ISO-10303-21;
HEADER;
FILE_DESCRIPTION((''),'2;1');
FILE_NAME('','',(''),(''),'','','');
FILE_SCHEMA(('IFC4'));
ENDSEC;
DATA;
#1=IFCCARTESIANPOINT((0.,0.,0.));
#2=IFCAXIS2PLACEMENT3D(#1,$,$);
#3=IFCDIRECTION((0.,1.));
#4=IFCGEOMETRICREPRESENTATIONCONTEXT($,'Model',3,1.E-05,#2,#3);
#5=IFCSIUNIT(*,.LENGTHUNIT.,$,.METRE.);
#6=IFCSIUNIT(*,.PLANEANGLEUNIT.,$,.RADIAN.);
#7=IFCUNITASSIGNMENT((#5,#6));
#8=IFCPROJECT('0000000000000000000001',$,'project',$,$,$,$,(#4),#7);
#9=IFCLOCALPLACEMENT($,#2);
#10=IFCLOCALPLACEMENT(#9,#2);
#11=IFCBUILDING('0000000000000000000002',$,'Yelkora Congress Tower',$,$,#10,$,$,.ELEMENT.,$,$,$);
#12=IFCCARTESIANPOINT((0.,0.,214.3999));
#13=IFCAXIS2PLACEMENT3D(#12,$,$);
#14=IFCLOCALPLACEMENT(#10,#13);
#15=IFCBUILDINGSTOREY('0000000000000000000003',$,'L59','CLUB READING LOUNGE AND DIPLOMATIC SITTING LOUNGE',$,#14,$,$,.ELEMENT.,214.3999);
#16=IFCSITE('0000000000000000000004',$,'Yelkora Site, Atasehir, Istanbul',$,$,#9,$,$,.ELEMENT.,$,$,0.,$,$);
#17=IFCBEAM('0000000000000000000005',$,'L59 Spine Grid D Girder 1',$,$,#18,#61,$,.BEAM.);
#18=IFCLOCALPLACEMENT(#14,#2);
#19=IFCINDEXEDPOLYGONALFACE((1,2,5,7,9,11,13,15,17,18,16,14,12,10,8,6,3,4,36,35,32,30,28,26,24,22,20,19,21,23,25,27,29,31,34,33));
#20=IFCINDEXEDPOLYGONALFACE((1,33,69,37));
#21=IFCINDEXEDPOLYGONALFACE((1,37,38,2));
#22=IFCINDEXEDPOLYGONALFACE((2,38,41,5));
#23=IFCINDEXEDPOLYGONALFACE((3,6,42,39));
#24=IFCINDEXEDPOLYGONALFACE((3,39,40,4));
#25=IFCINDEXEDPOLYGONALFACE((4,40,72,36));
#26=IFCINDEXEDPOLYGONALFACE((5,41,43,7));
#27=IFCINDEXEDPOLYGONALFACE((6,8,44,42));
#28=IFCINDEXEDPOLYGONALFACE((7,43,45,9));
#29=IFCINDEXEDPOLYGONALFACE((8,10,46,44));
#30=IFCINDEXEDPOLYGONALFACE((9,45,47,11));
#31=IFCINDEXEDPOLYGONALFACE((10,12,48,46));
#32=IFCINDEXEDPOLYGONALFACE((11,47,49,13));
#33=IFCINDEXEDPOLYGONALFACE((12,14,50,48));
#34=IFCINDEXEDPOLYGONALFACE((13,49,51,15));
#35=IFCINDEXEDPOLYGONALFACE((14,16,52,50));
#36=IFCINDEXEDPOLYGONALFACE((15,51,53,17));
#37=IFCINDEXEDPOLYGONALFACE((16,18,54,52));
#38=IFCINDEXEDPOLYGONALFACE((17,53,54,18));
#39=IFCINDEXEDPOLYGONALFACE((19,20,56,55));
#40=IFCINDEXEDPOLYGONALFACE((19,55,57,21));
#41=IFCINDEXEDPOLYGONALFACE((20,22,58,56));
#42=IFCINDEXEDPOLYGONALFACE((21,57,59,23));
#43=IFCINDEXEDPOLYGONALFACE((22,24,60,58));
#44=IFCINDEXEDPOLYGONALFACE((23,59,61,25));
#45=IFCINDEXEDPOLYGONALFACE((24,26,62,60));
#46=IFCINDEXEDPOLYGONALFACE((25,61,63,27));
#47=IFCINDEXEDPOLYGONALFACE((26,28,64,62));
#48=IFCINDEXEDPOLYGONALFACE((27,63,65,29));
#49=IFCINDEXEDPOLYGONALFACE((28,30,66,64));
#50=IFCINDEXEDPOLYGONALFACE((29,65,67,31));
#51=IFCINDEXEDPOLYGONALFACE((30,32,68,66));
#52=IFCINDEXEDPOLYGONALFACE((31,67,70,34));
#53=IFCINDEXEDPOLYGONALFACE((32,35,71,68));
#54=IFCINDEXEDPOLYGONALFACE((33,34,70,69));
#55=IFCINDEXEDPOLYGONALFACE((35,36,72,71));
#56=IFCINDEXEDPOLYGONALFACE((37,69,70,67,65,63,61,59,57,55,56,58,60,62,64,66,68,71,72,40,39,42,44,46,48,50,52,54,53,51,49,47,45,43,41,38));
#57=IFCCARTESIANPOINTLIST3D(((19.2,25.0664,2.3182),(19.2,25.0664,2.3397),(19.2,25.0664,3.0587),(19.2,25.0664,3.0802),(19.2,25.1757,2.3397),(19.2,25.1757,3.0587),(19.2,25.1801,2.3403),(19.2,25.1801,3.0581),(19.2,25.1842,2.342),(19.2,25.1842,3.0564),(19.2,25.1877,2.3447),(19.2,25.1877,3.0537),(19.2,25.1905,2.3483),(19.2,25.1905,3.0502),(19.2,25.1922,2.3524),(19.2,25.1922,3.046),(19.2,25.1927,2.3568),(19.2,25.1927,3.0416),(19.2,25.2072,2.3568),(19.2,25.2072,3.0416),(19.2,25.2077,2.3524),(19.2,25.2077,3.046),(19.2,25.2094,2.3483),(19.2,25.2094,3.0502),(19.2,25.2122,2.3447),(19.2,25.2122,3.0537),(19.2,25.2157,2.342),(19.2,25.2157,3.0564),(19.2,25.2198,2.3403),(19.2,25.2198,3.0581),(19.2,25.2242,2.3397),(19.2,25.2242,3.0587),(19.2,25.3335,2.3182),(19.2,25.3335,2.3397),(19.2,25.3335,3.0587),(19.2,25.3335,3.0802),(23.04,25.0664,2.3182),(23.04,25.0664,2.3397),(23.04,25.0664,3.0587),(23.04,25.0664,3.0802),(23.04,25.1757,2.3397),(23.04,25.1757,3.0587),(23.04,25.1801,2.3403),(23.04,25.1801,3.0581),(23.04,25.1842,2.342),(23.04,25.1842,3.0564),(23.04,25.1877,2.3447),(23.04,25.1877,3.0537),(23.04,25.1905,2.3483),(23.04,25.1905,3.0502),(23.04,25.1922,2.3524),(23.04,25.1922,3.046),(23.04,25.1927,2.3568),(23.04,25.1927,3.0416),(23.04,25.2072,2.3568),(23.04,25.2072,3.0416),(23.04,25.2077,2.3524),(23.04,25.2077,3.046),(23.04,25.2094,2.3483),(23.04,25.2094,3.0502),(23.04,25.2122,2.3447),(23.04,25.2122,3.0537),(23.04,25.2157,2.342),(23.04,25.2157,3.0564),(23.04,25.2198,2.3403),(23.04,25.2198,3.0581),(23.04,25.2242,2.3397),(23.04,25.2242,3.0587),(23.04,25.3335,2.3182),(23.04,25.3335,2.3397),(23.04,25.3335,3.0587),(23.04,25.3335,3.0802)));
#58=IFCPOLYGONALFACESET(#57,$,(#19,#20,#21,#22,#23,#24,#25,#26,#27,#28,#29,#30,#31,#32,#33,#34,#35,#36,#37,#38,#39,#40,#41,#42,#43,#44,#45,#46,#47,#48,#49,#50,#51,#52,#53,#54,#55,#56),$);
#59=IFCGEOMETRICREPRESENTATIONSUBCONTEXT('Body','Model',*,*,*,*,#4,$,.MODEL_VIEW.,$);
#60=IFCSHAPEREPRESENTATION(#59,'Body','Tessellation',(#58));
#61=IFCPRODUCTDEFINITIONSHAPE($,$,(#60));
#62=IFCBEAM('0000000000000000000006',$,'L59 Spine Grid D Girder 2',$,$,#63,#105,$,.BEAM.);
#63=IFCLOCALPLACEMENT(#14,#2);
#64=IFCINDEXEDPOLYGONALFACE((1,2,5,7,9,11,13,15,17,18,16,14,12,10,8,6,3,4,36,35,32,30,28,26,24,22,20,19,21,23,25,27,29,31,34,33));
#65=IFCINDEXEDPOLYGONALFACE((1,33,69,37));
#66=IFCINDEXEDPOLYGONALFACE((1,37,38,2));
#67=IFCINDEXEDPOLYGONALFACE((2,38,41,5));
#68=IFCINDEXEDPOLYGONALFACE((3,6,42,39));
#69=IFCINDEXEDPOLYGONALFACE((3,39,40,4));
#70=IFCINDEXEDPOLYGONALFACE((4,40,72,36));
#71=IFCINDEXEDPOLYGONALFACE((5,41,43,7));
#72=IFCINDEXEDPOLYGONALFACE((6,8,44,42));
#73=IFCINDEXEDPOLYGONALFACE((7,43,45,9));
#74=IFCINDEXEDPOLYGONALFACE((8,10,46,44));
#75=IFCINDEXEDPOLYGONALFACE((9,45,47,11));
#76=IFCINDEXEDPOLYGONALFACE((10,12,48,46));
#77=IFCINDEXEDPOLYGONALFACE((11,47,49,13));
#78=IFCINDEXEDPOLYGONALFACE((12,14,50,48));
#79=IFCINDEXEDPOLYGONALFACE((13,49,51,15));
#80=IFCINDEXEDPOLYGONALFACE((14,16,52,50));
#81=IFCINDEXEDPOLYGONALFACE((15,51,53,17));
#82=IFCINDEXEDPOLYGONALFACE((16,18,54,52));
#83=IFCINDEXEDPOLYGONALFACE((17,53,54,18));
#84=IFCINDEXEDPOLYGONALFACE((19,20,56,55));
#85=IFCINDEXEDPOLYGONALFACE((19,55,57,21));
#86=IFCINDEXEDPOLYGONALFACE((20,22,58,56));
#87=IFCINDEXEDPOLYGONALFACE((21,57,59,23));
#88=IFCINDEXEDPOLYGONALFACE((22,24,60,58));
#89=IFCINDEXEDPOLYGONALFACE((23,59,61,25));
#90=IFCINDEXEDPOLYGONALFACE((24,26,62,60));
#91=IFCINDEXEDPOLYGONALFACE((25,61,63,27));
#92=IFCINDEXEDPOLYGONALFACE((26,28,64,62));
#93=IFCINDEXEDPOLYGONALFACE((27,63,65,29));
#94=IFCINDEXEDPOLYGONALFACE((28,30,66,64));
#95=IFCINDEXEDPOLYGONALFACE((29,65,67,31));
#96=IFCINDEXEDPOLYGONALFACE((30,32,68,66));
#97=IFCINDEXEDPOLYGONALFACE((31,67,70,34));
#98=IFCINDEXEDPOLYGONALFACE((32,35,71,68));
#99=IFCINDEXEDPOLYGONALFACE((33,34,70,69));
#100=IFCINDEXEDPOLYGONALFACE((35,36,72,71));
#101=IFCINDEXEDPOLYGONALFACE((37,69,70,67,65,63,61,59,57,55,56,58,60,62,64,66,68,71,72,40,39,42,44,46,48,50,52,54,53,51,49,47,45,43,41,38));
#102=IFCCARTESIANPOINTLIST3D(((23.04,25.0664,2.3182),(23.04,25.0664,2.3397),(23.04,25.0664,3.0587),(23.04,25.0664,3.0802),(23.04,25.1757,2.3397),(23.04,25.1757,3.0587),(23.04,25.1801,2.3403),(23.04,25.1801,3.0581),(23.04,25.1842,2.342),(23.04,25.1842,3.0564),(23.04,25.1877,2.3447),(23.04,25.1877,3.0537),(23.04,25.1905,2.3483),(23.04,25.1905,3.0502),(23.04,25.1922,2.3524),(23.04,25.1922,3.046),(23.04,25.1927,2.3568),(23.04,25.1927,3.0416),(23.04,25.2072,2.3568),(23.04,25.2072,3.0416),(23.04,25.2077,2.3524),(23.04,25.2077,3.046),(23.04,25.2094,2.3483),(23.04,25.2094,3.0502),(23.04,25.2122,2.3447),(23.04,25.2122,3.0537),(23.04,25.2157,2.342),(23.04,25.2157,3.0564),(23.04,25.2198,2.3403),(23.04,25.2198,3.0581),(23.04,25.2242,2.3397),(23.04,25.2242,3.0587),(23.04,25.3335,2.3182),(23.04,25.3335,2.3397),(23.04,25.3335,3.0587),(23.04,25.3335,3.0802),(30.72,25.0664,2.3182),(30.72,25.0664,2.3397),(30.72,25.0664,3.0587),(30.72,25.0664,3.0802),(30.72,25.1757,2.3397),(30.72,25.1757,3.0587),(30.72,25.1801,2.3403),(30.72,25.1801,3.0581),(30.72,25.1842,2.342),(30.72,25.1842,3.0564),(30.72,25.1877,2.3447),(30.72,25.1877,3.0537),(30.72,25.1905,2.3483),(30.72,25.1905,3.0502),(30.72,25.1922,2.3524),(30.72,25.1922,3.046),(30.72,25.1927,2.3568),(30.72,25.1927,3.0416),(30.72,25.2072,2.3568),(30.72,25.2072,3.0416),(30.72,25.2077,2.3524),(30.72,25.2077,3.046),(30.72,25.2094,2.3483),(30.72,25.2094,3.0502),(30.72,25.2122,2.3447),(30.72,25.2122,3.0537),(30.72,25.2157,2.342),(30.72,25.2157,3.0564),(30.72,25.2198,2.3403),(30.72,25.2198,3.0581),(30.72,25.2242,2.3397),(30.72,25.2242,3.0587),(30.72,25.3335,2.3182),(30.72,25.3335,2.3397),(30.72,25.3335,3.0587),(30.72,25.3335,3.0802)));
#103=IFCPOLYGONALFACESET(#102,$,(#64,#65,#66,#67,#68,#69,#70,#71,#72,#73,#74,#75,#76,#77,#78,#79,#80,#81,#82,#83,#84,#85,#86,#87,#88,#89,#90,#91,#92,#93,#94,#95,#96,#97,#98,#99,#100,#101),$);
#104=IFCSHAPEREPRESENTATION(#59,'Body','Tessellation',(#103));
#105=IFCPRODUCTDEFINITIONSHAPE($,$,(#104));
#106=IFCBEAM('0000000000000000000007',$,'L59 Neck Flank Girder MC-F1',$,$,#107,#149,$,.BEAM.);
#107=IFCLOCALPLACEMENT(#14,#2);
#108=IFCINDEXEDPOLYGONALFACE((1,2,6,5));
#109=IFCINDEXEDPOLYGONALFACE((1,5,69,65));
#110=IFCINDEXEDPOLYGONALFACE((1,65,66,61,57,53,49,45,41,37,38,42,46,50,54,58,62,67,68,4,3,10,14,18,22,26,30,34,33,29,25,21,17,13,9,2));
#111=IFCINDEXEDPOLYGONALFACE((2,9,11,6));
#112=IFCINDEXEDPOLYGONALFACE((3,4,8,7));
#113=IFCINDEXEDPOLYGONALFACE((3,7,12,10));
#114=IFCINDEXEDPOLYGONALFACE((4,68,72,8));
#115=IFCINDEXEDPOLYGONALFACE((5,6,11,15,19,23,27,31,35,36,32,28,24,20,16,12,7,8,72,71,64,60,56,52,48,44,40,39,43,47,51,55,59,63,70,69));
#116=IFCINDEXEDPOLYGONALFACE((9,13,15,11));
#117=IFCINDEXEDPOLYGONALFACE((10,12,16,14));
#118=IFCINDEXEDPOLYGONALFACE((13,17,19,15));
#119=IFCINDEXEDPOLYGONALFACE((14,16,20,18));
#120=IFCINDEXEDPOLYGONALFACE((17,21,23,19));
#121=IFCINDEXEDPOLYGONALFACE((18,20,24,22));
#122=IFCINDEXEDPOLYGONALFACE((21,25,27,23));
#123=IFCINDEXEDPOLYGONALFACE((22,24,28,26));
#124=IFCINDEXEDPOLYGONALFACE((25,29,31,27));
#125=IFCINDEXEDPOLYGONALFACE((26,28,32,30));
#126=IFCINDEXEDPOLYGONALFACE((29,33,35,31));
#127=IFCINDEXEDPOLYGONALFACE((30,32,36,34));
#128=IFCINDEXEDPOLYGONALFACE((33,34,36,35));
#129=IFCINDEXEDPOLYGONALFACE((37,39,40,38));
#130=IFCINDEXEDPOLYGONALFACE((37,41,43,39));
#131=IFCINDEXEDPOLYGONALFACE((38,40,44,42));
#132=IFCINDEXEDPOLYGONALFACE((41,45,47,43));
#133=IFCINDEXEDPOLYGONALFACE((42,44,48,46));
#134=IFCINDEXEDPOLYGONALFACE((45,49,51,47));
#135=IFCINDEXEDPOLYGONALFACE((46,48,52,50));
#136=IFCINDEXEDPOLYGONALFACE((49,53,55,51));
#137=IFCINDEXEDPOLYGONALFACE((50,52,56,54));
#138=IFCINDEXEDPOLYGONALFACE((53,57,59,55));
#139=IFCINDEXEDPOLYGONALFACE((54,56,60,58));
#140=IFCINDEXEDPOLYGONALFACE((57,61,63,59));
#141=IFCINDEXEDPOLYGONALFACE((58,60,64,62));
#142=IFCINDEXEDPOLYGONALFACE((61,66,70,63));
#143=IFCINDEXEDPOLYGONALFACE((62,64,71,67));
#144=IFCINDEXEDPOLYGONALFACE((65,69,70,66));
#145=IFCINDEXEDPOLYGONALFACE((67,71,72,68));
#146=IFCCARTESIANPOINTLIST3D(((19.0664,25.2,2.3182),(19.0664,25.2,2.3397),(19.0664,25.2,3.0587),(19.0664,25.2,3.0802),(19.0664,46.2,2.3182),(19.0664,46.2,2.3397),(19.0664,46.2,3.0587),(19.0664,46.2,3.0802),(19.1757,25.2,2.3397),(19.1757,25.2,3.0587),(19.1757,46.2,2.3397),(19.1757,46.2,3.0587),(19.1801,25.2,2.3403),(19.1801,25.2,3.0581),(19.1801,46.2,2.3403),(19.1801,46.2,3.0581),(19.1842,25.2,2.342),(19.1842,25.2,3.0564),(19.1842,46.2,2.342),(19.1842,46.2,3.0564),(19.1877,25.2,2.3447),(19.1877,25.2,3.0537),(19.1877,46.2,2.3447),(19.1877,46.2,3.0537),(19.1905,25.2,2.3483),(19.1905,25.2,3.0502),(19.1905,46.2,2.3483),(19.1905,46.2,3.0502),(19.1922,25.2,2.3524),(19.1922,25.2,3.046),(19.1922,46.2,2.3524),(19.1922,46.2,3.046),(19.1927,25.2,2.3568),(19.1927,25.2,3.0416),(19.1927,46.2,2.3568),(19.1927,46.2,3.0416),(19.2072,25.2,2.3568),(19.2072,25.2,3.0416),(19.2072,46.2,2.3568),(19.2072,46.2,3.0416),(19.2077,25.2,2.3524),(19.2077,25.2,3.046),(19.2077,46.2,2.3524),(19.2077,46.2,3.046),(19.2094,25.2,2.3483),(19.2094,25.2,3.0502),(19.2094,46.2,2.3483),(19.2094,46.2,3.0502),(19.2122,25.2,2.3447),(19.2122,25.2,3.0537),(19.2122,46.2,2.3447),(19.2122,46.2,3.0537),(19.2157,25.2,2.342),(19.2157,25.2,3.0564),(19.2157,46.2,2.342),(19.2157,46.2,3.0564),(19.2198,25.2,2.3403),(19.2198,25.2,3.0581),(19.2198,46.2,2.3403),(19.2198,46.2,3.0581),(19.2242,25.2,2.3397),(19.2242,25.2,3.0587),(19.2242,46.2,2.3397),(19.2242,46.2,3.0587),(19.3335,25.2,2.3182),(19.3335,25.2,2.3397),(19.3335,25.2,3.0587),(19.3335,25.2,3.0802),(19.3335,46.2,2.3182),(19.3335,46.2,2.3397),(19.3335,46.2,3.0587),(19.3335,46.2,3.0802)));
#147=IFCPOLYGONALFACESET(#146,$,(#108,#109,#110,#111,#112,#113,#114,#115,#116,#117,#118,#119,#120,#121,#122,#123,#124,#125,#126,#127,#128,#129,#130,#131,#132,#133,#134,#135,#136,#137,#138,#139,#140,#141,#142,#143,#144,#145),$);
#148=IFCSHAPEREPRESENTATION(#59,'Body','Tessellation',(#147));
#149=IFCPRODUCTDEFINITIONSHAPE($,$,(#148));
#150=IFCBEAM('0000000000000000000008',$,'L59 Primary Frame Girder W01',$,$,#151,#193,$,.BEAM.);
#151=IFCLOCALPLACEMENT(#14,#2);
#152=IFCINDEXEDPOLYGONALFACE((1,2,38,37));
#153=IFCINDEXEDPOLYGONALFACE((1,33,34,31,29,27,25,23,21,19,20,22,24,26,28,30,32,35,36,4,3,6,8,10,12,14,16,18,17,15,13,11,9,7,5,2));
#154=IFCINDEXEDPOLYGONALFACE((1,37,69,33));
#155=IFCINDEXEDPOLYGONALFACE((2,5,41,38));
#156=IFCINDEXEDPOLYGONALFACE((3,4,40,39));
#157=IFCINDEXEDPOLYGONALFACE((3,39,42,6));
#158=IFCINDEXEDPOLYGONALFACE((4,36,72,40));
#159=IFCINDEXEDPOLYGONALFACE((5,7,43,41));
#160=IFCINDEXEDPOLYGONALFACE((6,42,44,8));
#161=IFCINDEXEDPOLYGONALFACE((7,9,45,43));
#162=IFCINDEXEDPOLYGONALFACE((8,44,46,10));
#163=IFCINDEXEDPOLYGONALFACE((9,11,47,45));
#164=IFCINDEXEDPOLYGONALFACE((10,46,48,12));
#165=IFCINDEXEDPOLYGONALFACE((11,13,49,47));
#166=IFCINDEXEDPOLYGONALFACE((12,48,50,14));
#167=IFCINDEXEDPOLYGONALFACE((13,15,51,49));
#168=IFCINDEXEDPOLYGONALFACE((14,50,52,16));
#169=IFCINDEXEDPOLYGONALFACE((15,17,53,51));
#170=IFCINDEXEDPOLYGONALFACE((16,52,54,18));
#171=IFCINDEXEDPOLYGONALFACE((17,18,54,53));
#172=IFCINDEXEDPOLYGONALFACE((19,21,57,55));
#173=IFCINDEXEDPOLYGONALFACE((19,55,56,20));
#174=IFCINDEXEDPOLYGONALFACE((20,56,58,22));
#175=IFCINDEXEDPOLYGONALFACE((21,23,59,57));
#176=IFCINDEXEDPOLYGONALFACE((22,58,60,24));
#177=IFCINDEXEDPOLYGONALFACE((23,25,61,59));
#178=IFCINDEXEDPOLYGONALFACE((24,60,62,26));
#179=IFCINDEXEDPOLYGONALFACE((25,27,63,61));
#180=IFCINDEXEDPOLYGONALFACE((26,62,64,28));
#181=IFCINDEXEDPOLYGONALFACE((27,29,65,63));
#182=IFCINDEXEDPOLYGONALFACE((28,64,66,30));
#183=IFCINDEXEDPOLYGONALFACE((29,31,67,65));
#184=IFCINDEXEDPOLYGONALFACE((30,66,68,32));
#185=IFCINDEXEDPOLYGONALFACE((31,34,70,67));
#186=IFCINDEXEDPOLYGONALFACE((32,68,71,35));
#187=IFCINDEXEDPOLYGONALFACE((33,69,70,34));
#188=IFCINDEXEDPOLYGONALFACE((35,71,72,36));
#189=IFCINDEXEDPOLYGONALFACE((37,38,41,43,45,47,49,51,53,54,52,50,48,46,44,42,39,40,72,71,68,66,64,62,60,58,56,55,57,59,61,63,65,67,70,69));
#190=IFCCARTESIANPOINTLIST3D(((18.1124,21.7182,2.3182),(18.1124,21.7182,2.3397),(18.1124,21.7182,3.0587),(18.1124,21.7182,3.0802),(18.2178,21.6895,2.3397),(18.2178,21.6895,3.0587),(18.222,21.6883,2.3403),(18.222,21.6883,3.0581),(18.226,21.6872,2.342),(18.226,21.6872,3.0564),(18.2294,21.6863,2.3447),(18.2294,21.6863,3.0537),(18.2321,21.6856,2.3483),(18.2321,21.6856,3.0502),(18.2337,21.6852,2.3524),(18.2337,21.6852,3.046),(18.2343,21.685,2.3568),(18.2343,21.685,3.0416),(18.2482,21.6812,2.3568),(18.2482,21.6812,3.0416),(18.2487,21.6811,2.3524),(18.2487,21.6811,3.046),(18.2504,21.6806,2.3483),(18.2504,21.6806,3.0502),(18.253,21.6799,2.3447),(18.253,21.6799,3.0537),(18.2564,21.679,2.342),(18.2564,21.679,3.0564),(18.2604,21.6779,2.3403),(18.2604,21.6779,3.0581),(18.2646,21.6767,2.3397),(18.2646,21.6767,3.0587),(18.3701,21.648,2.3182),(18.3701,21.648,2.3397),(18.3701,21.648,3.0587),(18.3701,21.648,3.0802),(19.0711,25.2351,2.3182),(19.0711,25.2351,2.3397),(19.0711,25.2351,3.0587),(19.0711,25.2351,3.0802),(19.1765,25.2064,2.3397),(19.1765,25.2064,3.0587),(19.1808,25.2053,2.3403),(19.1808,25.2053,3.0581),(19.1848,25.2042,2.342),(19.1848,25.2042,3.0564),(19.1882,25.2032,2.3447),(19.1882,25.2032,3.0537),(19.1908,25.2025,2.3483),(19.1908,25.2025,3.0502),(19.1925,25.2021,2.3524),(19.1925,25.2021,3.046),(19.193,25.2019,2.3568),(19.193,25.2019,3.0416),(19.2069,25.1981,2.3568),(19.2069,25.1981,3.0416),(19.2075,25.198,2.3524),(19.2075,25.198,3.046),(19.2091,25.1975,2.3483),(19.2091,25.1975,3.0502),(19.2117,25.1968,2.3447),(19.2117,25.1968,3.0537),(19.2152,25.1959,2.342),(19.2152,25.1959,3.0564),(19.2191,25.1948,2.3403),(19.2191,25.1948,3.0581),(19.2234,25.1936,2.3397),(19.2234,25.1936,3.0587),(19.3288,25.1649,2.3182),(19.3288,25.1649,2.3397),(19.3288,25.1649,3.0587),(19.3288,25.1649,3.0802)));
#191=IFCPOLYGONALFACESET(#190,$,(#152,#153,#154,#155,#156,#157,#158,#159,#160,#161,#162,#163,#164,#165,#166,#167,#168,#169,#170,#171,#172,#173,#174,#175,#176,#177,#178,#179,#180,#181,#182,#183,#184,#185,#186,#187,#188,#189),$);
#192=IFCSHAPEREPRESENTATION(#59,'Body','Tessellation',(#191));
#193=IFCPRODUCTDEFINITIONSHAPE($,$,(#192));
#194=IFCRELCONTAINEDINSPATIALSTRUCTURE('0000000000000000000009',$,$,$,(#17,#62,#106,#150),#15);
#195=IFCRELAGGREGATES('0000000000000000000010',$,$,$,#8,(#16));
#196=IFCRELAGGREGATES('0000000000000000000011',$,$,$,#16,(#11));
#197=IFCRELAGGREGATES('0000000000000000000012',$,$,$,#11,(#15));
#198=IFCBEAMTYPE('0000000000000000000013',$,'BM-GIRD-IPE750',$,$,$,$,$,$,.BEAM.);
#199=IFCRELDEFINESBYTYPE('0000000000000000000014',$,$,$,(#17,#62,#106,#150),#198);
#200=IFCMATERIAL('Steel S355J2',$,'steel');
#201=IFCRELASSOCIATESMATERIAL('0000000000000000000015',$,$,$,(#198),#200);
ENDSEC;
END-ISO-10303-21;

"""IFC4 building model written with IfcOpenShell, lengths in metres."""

from ifc_helpers import new_model, si_unit, direction, frame, origin, origin_2d, place, context, subcontext, project, spatial, i_section, extrude, material, material_profile, profile_set, type_object, element, save


model = new_model("IFC4")

# Units and contexts
model_context = context("Model", 3, precision=1e-05, world=origin(), true_north=direction((0.0, 1.0)))
body_context = subcontext(model_context, "Body", "Model", "MODEL_VIEW")
ifc_project = project(units=[si_unit("LENGTHUNIT", "METRE"), si_unit("PLANEANGLEUNIT", "RADIAN")], contexts=[model_context])

# Site, building, storey
site_placement = place(None, origin())
site = spatial("IfcSite", under=ifc_project, at=site_placement, Name="Yelkora Site, Atasehir, Istanbul", CompositionType="ELEMENT", RefElevation=0.0)
building_placement = place(site_placement, origin())
building = spatial("IfcBuilding", under=site, at=building_placement, Name="Yelkora Congress Tower", CompositionType="ELEMENT")
storey_placement = place(building_placement, frame((0.0, 0.0, 214.3999)))
storey = spatial("IfcBuildingStorey", under=building, at=storey_placement, Name="L59", Description="CLUB READING LOUNGE AND DIPLOMATIC SITTING LOUNGE", CompositionType="ELEMENT", Elevation=214.3999)

# Shared definitions
ifc_material_1 = material(Name="Steel S355J2", Category="steel")

# Beams
ifc_material_profile_1 = material_profile(ifc_material_1, i_section(OverallWidth=0.2671, OverallDepth=0.762, WebThickness=0.0144, FlangeThickness=0.0215, FilletRadius=0.0171, at=origin_2d()), Name="IPE 750x173")
ifc_profile_set_1 = profile_set([ifc_material_profile_1], Name="Steel S355J2")
beam_type_1 = type_object("IfcBeamType", Name="BM-GIRD-IPE750", PredefinedType="BEAM", material=ifc_profile_set_1)
beam_1_placement = place(storey_placement, frame((19.2, 25.2, 2.6992), z_axis=(1.0, 0.0, 0.0), x_axis=(0.0, 1.0, 0.0)))
element("IfcBeam", 1, at=beam_1_placement, inside=storey, type_object=beam_type_1, Name="L59 Spine Grid D Girder 1", PredefinedType="BEAM", context=body_context, shape_type="SweptSolid", body=[
    extrude(i_section(OverallWidth=0.2671, OverallDepth=0.762, WebThickness=0.0144, FlangeThickness=0.0215, FilletRadius=0.0171, at=origin_2d()), origin(), (0.0, 0.0, 1.0), 3.8401),
])
beam_2_placement = place(storey_placement, frame((23.04, 25.2, 2.6992), z_axis=(1.0, 0.0, 0.0), x_axis=(0.0, 1.0, 0.0)))
element("IfcBeam", 2, at=beam_2_placement, inside=storey, type_object=beam_type_1, Name="L59 Spine Grid D Girder 2", PredefinedType="BEAM", context=body_context, shape_type="SweptSolid", body=[
    extrude(i_section(OverallWidth=0.2671, OverallDepth=0.762, WebThickness=0.0144, FlangeThickness=0.0215, FilletRadius=0.0171, at=origin_2d()), origin(), (0.0, 0.0, 1.0), 7.6799),
])
beam_3_placement = place(storey_placement, frame((19.2, 25.2, 2.6992), z_axis=(0.0, 1.0, 0.0), x_axis=(-1.0, 0.0, 0.0)))
element("IfcBeam", 3, at=beam_3_placement, inside=storey, type_object=beam_type_1, Name="L59 Neck Flank Girder MC-F1", PredefinedType="BEAM", context=body_context, shape_type="SweptSolid", body=[
    extrude(i_section(OverallWidth=0.2671, OverallDepth=0.762, WebThickness=0.0144, FlangeThickness=0.0215, FilletRadius=0.0171, at=origin_2d()), origin(), (0.0, 0.0, 1.0), 21.0),
])
beam_4_placement = place(storey_placement, frame((18.2412, 21.6831, 2.6992), z_axis=(0.263015, 0.964792, 0.0), x_axis=(-0.964792, 0.263015, 0.0)))
element("IfcBeam", 4, at=beam_4_placement, inside=storey, type_object=beam_type_1, Name="L59 Primary Frame Girder W01", PredefinedType="BEAM", context=body_context, shape_type="SweptSolid", body=[
    extrude(i_section(OverallWidth=0.2671, OverallDepth=0.762, WebThickness=0.0144, FlangeThickness=0.0215, FilletRadius=0.0171, at=origin_2d()), origin(), (0.0, 0.0, 1.0), 3.6453),
])

save(model, "model.ifc")
